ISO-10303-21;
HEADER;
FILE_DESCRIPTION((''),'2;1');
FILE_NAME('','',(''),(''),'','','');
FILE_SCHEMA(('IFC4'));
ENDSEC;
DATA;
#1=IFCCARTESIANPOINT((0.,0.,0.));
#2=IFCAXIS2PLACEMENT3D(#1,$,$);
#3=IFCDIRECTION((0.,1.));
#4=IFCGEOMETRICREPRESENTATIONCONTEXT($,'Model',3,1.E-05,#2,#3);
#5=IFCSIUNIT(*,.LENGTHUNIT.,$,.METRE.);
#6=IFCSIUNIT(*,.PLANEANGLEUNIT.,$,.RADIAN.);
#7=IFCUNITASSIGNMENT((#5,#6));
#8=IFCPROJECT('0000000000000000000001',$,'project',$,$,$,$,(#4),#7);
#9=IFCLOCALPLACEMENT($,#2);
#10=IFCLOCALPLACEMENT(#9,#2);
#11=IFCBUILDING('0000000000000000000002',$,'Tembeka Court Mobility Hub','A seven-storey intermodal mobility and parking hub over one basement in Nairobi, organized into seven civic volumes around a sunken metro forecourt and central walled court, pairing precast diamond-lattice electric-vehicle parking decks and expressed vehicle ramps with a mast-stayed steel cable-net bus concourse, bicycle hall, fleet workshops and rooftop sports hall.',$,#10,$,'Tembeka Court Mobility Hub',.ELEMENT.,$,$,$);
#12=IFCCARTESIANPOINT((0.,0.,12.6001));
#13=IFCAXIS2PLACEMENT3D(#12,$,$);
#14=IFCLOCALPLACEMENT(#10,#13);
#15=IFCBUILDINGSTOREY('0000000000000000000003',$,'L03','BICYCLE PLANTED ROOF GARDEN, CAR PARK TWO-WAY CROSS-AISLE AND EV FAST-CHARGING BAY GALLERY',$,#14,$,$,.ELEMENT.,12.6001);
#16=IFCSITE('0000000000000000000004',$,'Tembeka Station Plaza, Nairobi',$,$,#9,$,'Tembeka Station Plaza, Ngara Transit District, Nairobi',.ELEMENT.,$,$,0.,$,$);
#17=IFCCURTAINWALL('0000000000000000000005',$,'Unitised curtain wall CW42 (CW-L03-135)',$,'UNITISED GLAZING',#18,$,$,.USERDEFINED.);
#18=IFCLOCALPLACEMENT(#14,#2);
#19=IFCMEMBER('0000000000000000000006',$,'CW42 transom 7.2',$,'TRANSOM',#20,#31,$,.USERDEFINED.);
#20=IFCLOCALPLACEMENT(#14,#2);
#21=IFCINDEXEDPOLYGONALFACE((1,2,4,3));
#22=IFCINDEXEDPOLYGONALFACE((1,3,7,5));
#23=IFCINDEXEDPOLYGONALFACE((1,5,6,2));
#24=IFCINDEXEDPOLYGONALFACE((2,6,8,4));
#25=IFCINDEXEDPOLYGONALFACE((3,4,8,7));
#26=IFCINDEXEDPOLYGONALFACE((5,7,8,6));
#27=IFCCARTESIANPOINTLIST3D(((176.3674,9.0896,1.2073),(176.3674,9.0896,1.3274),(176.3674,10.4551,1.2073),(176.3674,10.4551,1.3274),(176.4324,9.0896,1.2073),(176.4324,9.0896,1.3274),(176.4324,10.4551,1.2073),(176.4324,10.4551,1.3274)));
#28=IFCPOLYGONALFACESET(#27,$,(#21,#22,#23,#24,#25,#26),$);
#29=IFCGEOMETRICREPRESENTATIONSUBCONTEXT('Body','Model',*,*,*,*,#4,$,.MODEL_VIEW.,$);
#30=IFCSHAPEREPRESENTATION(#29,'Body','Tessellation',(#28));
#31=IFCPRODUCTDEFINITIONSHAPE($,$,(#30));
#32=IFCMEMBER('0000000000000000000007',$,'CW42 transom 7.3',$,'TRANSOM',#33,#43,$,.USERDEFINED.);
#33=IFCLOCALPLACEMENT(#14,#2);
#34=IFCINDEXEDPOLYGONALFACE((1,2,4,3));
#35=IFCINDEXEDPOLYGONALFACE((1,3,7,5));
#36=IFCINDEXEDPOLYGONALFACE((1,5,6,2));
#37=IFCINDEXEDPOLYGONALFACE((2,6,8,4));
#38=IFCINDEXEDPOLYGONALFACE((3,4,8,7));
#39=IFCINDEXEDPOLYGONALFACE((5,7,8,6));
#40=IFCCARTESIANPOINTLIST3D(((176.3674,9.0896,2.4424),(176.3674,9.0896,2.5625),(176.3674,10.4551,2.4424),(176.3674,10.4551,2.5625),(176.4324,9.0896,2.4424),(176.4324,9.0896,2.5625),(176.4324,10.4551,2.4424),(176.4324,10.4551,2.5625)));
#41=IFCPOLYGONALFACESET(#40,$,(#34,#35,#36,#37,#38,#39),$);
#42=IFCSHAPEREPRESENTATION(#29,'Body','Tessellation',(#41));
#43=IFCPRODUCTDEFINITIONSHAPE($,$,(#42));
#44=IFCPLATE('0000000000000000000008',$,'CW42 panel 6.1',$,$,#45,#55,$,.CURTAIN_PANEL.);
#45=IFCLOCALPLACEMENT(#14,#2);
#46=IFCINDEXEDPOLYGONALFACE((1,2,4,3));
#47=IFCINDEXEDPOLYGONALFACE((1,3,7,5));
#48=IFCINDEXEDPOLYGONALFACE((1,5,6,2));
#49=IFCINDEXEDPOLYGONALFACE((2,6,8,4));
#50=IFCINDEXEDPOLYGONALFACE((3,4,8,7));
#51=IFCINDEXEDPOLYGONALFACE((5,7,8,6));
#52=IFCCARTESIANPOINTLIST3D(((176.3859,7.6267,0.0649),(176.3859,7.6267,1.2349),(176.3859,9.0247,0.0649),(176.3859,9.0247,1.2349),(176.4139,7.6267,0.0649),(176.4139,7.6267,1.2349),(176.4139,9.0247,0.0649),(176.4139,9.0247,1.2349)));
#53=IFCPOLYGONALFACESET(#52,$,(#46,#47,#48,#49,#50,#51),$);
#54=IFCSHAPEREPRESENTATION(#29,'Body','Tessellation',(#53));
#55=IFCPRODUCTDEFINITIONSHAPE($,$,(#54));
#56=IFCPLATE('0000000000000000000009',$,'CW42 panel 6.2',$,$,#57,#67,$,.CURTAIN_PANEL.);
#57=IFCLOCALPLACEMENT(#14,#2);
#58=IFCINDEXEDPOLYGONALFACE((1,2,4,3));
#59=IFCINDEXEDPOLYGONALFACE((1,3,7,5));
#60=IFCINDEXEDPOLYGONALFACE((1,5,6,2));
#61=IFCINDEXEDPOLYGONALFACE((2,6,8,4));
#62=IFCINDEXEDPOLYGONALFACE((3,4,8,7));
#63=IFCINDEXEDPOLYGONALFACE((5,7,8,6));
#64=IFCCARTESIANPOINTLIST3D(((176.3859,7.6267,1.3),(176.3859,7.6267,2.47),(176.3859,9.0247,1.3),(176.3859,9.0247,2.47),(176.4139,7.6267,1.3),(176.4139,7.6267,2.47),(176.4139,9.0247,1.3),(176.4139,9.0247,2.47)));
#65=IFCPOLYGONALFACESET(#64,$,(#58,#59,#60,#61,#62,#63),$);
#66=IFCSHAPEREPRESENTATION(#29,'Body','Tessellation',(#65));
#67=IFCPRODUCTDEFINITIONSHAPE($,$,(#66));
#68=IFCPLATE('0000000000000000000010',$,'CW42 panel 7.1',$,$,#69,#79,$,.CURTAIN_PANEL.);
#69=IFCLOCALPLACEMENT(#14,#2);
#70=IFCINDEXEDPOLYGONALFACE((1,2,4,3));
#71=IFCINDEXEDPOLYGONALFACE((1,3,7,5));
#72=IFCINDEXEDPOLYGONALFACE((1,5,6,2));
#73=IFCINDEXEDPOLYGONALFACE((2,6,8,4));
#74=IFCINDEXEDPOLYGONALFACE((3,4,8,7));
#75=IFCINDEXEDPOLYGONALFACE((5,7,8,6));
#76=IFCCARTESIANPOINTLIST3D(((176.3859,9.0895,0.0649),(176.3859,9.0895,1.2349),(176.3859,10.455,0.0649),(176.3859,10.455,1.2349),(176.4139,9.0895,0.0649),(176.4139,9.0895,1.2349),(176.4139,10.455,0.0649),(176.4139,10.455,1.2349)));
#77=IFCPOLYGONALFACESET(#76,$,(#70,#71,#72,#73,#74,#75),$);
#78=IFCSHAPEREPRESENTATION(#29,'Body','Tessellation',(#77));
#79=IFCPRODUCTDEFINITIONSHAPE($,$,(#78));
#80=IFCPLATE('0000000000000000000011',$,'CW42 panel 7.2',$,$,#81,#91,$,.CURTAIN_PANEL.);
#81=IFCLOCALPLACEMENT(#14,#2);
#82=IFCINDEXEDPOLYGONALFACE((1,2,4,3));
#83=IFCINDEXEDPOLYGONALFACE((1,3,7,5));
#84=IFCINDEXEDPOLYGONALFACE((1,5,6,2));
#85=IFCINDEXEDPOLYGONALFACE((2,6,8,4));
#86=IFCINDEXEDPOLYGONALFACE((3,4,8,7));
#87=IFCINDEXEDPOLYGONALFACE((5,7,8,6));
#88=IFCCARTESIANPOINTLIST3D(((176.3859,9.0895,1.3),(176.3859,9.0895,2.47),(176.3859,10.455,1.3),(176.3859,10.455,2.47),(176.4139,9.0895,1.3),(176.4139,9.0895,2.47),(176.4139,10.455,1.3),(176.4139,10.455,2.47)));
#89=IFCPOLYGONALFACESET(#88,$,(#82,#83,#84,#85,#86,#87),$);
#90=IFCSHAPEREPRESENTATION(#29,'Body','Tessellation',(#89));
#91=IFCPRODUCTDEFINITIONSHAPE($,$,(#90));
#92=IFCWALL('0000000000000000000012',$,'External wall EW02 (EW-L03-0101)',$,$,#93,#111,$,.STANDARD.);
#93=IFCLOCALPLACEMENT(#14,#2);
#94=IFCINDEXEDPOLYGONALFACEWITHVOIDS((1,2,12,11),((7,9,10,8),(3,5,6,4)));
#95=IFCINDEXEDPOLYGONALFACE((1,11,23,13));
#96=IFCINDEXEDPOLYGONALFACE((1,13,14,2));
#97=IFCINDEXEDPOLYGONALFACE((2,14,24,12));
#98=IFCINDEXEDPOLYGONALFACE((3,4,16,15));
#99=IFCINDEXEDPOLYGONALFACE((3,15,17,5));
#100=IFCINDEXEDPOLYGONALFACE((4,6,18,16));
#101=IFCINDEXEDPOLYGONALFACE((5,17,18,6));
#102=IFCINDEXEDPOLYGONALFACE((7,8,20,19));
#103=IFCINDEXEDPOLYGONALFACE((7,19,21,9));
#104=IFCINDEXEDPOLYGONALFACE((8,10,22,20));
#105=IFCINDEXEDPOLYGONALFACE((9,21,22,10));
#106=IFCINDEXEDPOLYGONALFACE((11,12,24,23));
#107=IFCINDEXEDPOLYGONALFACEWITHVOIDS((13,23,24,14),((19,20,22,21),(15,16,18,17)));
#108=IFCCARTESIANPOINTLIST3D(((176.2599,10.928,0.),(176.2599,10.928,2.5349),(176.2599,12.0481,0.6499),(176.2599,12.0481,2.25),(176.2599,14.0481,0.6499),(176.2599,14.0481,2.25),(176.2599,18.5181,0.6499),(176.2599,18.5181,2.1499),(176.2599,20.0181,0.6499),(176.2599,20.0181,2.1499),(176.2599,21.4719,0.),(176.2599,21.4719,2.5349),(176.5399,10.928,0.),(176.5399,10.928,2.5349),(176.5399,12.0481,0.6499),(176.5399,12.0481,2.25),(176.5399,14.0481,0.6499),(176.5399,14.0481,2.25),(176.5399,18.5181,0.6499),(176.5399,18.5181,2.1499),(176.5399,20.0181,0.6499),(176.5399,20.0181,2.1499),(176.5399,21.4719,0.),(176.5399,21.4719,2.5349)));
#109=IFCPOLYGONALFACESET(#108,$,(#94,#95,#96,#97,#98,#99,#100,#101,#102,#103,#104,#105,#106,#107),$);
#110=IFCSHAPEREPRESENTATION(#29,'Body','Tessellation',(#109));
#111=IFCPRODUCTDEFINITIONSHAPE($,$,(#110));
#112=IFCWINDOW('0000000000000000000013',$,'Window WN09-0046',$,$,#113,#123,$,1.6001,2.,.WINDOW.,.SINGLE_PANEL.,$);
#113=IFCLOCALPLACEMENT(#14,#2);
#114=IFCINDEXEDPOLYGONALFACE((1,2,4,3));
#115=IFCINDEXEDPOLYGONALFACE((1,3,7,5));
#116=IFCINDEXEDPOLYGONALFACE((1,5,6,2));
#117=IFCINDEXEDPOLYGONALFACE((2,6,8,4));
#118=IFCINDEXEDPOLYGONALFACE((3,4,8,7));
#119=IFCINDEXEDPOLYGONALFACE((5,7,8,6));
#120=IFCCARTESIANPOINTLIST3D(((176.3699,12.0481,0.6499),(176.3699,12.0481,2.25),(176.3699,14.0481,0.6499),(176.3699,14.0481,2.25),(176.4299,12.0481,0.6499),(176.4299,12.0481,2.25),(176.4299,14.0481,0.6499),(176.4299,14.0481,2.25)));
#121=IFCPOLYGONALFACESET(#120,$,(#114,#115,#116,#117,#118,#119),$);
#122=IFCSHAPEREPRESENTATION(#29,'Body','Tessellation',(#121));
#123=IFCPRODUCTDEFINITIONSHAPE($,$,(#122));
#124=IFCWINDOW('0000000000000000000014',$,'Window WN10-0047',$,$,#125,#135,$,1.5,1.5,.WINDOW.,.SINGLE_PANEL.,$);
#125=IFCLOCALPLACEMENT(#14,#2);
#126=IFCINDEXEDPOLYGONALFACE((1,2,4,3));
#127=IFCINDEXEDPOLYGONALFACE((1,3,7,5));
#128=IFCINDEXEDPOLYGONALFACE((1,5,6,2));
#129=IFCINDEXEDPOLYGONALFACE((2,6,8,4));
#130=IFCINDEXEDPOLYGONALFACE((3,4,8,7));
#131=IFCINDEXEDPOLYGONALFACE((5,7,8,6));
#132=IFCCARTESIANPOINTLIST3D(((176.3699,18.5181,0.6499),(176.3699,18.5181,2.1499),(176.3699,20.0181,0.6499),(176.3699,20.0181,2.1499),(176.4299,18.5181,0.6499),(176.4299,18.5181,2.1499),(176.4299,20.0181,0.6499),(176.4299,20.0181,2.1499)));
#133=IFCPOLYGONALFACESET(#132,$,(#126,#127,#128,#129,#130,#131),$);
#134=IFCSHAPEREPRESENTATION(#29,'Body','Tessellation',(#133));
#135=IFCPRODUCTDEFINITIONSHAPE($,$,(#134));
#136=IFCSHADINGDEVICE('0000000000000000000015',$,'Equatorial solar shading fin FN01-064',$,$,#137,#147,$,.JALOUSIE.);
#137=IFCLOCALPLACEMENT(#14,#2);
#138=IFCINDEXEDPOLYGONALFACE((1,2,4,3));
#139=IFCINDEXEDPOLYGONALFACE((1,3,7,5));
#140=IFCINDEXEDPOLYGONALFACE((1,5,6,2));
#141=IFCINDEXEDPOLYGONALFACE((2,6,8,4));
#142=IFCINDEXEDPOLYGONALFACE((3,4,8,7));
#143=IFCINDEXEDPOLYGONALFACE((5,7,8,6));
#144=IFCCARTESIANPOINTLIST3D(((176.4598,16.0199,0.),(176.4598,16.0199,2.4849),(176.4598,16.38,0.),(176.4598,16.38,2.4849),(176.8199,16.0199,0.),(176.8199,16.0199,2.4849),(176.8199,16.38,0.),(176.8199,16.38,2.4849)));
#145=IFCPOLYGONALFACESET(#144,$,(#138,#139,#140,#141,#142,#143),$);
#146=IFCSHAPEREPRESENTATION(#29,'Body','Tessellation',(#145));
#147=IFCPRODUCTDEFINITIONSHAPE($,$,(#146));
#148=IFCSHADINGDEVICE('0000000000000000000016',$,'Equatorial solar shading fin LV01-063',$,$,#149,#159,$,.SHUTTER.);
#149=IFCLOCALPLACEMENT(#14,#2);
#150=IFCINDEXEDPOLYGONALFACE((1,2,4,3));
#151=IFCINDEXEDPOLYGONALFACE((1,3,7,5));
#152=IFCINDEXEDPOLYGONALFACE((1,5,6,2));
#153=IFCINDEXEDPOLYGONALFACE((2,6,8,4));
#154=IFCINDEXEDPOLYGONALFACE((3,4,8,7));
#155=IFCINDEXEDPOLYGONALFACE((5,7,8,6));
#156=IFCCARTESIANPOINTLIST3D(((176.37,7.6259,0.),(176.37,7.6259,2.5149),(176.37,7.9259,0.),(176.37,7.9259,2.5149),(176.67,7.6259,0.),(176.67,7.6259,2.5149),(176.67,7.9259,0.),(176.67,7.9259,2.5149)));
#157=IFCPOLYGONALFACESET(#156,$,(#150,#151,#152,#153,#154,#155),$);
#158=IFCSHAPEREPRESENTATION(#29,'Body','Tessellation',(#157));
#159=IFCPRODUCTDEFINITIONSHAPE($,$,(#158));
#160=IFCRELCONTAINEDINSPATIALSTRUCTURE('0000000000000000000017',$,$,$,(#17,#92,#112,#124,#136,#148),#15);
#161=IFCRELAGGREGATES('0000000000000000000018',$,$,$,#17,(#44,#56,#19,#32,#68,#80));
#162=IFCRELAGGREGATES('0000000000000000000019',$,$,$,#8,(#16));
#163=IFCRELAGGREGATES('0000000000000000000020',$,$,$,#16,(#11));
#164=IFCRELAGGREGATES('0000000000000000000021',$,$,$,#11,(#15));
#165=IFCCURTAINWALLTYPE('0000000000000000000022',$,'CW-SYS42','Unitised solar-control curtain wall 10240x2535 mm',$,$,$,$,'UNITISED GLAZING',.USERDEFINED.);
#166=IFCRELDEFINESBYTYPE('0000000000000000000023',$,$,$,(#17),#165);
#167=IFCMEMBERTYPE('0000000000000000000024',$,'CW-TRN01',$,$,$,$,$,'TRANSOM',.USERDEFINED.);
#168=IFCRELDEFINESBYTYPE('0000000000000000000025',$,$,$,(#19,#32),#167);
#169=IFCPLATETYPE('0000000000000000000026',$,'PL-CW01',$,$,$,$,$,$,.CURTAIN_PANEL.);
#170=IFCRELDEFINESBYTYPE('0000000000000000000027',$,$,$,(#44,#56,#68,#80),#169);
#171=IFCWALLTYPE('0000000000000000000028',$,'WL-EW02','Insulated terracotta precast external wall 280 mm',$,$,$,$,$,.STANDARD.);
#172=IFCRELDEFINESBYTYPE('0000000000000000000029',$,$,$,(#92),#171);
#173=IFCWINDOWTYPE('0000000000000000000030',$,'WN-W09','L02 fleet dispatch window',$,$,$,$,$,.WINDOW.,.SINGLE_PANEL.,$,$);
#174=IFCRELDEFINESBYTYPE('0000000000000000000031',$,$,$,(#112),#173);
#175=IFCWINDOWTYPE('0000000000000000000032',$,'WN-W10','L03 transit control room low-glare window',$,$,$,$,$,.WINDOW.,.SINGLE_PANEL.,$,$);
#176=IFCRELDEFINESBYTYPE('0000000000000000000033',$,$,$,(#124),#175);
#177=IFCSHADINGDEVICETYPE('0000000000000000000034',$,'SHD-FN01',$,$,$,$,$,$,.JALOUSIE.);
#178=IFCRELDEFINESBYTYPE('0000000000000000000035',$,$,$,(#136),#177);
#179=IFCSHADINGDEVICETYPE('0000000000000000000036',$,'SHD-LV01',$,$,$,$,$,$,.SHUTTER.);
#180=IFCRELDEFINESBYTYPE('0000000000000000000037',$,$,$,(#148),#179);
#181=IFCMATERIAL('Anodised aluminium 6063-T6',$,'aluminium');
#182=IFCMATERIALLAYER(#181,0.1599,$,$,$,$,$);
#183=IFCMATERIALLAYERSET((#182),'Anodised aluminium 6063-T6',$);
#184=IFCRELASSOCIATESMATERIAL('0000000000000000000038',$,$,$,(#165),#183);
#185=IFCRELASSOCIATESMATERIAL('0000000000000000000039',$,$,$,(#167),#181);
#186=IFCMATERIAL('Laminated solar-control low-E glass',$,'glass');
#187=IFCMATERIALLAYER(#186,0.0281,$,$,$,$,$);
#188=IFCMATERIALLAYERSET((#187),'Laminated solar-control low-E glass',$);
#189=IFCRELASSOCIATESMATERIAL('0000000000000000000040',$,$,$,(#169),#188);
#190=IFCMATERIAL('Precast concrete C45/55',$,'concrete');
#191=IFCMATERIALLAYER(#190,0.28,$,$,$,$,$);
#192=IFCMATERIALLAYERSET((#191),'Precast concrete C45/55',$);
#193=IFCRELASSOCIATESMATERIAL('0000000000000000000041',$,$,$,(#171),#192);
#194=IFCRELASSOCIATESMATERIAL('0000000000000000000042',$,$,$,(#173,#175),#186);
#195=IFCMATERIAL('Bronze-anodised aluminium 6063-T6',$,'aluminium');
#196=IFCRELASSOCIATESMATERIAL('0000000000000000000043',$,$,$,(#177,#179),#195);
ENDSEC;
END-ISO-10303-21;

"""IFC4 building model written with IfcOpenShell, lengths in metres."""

from ifc_helpers import new_model, si_unit, direction, frame, frame_2d, origin, origin_2d, place, context, subcontext, project, spatial, rectangle, extrude, material, layer, layer_set, material_profile, profile_set, type_object, element, fill, aggregate, save


model = new_model("IFC4")

# Units and contexts
model_context = context("Model", 3, precision=1e-05, world=origin(), true_north=direction((0.0, 1.0)))
body_context = subcontext(model_context, "Body", "Model", "MODEL_VIEW")
ifc_project = project(units=[si_unit("LENGTHUNIT", "METRE"), si_unit("PLANEANGLEUNIT", "RADIAN")], contexts=[model_context])

# Site, building, storey
site_placement = place(None, origin())
site = spatial("IfcSite", under=ifc_project, at=site_placement, Name="Tembeka Station Plaza, Nairobi", LongName="Tembeka Station Plaza, Ngara Transit District, Nairobi", CompositionType="ELEMENT", RefElevation=0.0)
building_placement = place(site_placement, origin())
building = spatial("IfcBuilding", under=site, at=building_placement, Name="Tembeka Court Mobility Hub", Description="A seven-storey intermodal mobility and parking hub over one basement in Nairobi, organized into seven civic volumes around a sunken metro forecourt and central walled court, pairing precast diamond-lattice electric-vehicle parking decks and expressed vehicle ramps with a mast-stayed steel cable-net bus concourse, bicycle hall, fleet workshops and rooftop sports hall.", LongName="Tembeka Court Mobility Hub", CompositionType="ELEMENT")
storey_placement = place(building_placement, frame((0.0, 0.0, 12.6001)))
storey = spatial("IfcBuildingStorey", under=building, at=storey_placement, Name="L03", Description="BICYCLE PLANTED ROOF GARDEN, CAR PARK TWO-WAY CROSS-AISLE AND EV FAST-CHARGING BAY GALLERY", CompositionType="ELEMENT", Elevation=12.6001)

# Curtain wall, members, plates
ifc_material_1 = material(Name="Anodised aluminium 6063-T6", Category="aluminium")
ifc_layer_1 = layer(ifc_material_1, 0.1599)
ifc_layer_set_1 = layer_set([ifc_layer_1], Name="Anodised aluminium 6063-T6")
curtain_wall_type = type_object("IfcCurtainWallType", Name="CW-SYS42", Description="Unitised solar-control curtain wall 10240x2535 mm", ElementType="UNITISED GLAZING", PredefinedType="USERDEFINED", material=ifc_layer_set_1)
curtain_wall_placement = place(storey_placement, origin())
curtain_wall = element("IfcCurtainWall", 1, at=curtain_wall_placement, inside=storey, type_object=curtain_wall_type, Name="Unitised curtain wall CW42 (CW-L03-135)", ObjectType="UNITISED GLAZING", PredefinedType="USERDEFINED")
ifc_material_profile_1 = material_profile(ifc_material_1, rectangle(XDim=0.0649, YDim=0.1201, at=origin_2d()), Name="ALU-TRN 65x120")
ifc_profile_set_1 = profile_set([ifc_material_profile_1], Name="Anodised aluminium 6063-T6")
member_type_1 = type_object("IfcMemberType", Name="CW-TRN01", ElementType="TRANSOM", PredefinedType="USERDEFINED", material=ifc_profile_set_1)
member_1_placement = place(storey_placement, frame((176.3999, 9.0896, 1.2673), z_axis=(0.0, 1.0, 0.0), x_axis=(-1.0, 0.0, 0.0)))
member_1 = element("IfcMember", 2, at=member_1_placement, type_object=member_type_1, Name="CW42 transom 7.2", ObjectType="TRANSOM", PredefinedType="USERDEFINED", context=body_context, shape_type="SweptSolid", body=[
    extrude(rectangle(XDim=0.0649, YDim=0.1201, at=origin_2d()), origin(), (0.0, 0.0, 1.0), 1.3655),
])
member_2_placement = place(storey_placement, frame((176.3999, 9.0896, 2.5024), z_axis=(0.0, 1.0, 0.0), x_axis=(-1.0, 0.0, 0.0)))
member_2 = element("IfcMember", 3, at=member_2_placement, type_object=member_type_1, Name="CW42 transom 7.3", ObjectType="TRANSOM", PredefinedType="USERDEFINED", context=body_context, shape_type="SweptSolid", body=[
    extrude(rectangle(XDim=0.0649, YDim=0.1201, at=origin_2d()), origin(), (0.0, 0.0, 1.0), 1.3655),
])
ifc_material_2 = material(Name="Laminated solar-control low-E glass", Category="glass")
ifc_layer_2 = layer(ifc_material_2, 0.0281)
ifc_layer_set_2 = layer_set([ifc_layer_2], Name="Laminated solar-control low-E glass")
plate_type = type_object("IfcPlateType", Name="PL-CW01", PredefinedType="CURTAIN_PANEL", material=ifc_layer_set_2)
plate_1_placement = place(storey_placement, frame((176.3999, 8.3257, 0.0649), z_axis=(0.0, 0.0, 1.0), x_axis=(0.0, 1.0, 0.0)))
plate_1 = element("IfcPlate", 4, at=plate_1_placement, type_object=plate_type, Name="CW42 panel 6.1", PredefinedType="CURTAIN_PANEL", context=body_context, shape_type="SweptSolid", body=[
    extrude(rectangle(XDim=1.3979, YDim=0.0281, at=origin_2d()), origin(), (0.0, 0.0, 1.0), 1.1699),
])
plate_2_placement = place(storey_placement, frame((176.3999, 8.3257, 1.3), z_axis=(0.0, 0.0, 1.0), x_axis=(0.0, 1.0, 0.0)))
plate_2 = element("IfcPlate", 5, at=plate_2_placement, type_object=plate_type, Name="CW42 panel 6.2", PredefinedType="CURTAIN_PANEL", context=body_context, shape_type="SweptSolid", body=[
    extrude(rectangle(XDim=1.3979, YDim=0.0281, at=origin_2d()), origin(), (0.0, 0.0, 1.0), 1.1699),
])
plate_3_placement = place(storey_placement, frame((176.3999, 9.7722, 0.0649), z_axis=(0.0, 0.0, 1.0), x_axis=(0.0, 1.0, 0.0)))
plate_3 = element("IfcPlate", 6, at=plate_3_placement, type_object=plate_type, Name="CW42 panel 7.1", PredefinedType="CURTAIN_PANEL", context=body_context, shape_type="SweptSolid", body=[
    extrude(rectangle(XDim=1.3655, YDim=0.0281, at=origin_2d()), origin(), (0.0, 0.0, 1.0), 1.1699),
])
plate_4_placement = place(storey_placement, frame((176.3999, 9.7722, 1.3), z_axis=(0.0, 0.0, 1.0), x_axis=(0.0, 1.0, 0.0)))
plate_4 = element("IfcPlate", 7, at=plate_4_placement, type_object=plate_type, Name="CW42 panel 7.2", PredefinedType="CURTAIN_PANEL", context=body_context, shape_type="SweptSolid", body=[
    extrude(rectangle(XDim=1.3655, YDim=0.0281, at=origin_2d()), origin(), (0.0, 0.0, 1.0), 1.1699),
])
aggregate(curtain_wall, [plate_1, plate_2, member_1, member_2, plate_3, plate_4])

# Wall, openings, windows
ifc_material_3 = material(Name="Precast concrete C45/55", Category="concrete")
ifc_layer_3 = layer(ifc_material_3, 0.28)
ifc_layer_set_3 = layer_set([ifc_layer_3], Name="Precast concrete C45/55")
wall_type = type_object("IfcWallType", Name="WL-EW02", Description="Insulated terracotta precast external wall 280 mm", PredefinedType="STANDARD", material=ifc_layer_set_3)
wall_placement = place(storey_placement, frame((176.3999, 10.928, 0.0), z_axis=(0.0, 0.0, 1.0), x_axis=(0.0, 1.0, 0.0)))
wall = element("IfcWall", 8, at=wall_placement, inside=storey, type_object=wall_type, Name="External wall EW02 (EW-L03-0101)", PredefinedType="STANDARD", context=body_context, shape_type="SweptSolid", body=[
    extrude(rectangle(XDim=10.5439, YDim=0.28, at=frame_2d((5.272, 0.0))), origin(), (0.0, 0.0, 1.0), 2.5349),
])
opening_1_placement = place(wall_placement, frame((1.1201, 0.0, 0.6499)))
opening_1 = element("IfcOpeningElement", 9, at=opening_1_placement, cuts=wall, PredefinedType="OPENING", context=body_context, shape_type="SweptSolid", body=[
    extrude(rectangle(XDim=2.0, YDim=1.6001, at=frame_2d((1.0, 0.8))), frame((0.0, 0.1499, 0.0), z_axis=(0.0, -1.0, 0.0), x_axis=(1.0, 0.0, 0.0)), (0.0, 0.0, 1.0), 0.3),
])
opening_2_placement = place(wall_placement, frame((7.5901, 0.0, 0.6499)))
opening_2 = element("IfcOpeningElement", 10, at=opening_2_placement, cuts=wall, PredefinedType="OPENING", context=body_context, shape_type="SweptSolid", body=[
    extrude(rectangle(XDim=1.5, YDim=1.5, at=frame_2d((0.75, 0.75))), frame((0.0, 0.1499, 0.0), z_axis=(0.0, -1.0, 0.0), x_axis=(1.0, 0.0, 0.0)), (0.0, 0.0, 1.0), 0.3),
])
window_type_1 = type_object("IfcWindowType", Name="WN-W09", Description="L02 fleet dispatch window", PartitioningType="SINGLE_PANEL", PredefinedType="WINDOW", material=ifc_material_2)
window_1_placement = place(opening_1_placement, origin())
window_1 = element("IfcWindow", 11, at=window_1_placement, inside=storey, type_object=window_type_1, Name="Window WN09-0046", OverallHeight=1.6001, OverallWidth=2.0, PartitioningType="SINGLE_PANEL", PredefinedType="WINDOW", context=body_context, shape_type="SweptSolid", body=[
    extrude(rectangle(XDim=2.0, YDim=1.6001, at=frame_2d((1.0, 0.8))), frame((0.0, 0.03, 0.0), z_axis=(0.0, -1.0, 0.0), x_axis=(1.0, 0.0, 0.0)), (0.0, 0.0, 1.0), 0.0601),
])
fill(opening_1, window_1)
window_type_2 = type_object("IfcWindowType", Name="WN-W10", Description="L03 transit control room low-glare window", PartitioningType="SINGLE_PANEL", PredefinedType="WINDOW", material=ifc_material_2)
window_2_placement = place(opening_2_placement, origin())
window_2 = element("IfcWindow", 12, at=window_2_placement, inside=storey, type_object=window_type_2, Name="Window WN10-0047", OverallHeight=1.5, OverallWidth=1.5, PartitioningType="SINGLE_PANEL", PredefinedType="WINDOW", context=body_context, shape_type="SweptSolid", body=[
    extrude(rectangle(XDim=1.5, YDim=1.5, at=frame_2d((0.75, 0.75))), frame((0.0, 0.03, 0.0), z_axis=(0.0, -1.0, 0.0), x_axis=(1.0, 0.0, 0.0)), (0.0, 0.0, 1.0), 0.0601),
])
fill(opening_2, window_2)

# Shading devices
ifc_material_4 = material(Name="Bronze-anodised aluminium 6063-T6", Category="aluminium")
ifc_material_profile_2 = material_profile(ifc_material_4, rectangle(XDim=0.3601, YDim=0.3601, at=origin_2d()), Name="ALU-FIN 360x360")
ifc_profile_set_2 = profile_set([ifc_material_profile_2], Name="Bronze-anodised aluminium 6063-T6")
shading_device_type_1 = type_object("IfcShadingDeviceType", Name="SHD-FN01", PredefinedType="JALOUSIE", material=ifc_profile_set_2)
shading_device_1_placement = place(storey_placement, frame((176.6399, 16.2, 0.0), z_axis=(0.0, 0.0, 1.0), x_axis=(1.0, 0.0, 0.0)))
element("IfcShadingDevice", 13, at=shading_device_1_placement, inside=storey, type_object=shading_device_type_1, Name="Equatorial solar shading fin FN01-064", PredefinedType="JALOUSIE", context=body_context, shape_type="SweptSolid", body=[
    extrude(rectangle(XDim=0.3601, YDim=0.3601, at=origin_2d()), origin(), (0.0, 0.0, 1.0), 2.4849),
])
ifc_material_profile_3 = material_profile(ifc_material_4, rectangle(XDim=0.3, YDim=0.3, at=origin_2d()), Name="ALU-LVR 300x300")
ifc_profile_set_3 = profile_set([ifc_material_profile_3], Name="Bronze-anodised aluminium 6063-T6")
shading_device_type_2 = type_object("IfcShadingDeviceType", Name="SHD-LV01", PredefinedType="SHUTTER", material=ifc_profile_set_3)
shading_device_2_placement = place(storey_placement, frame((176.52, 7.7759, 0.0), z_axis=(0.0, 0.0, 1.0), x_axis=(1.0, 0.0, 0.0)))
element("IfcShadingDevice", 14, at=shading_device_2_placement, inside=storey, type_object=shading_device_type_2, Name="Equatorial solar shading fin LV01-063", PredefinedType="SHUTTER", context=body_context, shape_type="SweptSolid", body=[
    extrude(rectangle(XDim=0.3, YDim=0.3, at=origin_2d()), origin(), (0.0, 0.0, 1.0), 2.5149),
])

save(model, "model.ifc")
